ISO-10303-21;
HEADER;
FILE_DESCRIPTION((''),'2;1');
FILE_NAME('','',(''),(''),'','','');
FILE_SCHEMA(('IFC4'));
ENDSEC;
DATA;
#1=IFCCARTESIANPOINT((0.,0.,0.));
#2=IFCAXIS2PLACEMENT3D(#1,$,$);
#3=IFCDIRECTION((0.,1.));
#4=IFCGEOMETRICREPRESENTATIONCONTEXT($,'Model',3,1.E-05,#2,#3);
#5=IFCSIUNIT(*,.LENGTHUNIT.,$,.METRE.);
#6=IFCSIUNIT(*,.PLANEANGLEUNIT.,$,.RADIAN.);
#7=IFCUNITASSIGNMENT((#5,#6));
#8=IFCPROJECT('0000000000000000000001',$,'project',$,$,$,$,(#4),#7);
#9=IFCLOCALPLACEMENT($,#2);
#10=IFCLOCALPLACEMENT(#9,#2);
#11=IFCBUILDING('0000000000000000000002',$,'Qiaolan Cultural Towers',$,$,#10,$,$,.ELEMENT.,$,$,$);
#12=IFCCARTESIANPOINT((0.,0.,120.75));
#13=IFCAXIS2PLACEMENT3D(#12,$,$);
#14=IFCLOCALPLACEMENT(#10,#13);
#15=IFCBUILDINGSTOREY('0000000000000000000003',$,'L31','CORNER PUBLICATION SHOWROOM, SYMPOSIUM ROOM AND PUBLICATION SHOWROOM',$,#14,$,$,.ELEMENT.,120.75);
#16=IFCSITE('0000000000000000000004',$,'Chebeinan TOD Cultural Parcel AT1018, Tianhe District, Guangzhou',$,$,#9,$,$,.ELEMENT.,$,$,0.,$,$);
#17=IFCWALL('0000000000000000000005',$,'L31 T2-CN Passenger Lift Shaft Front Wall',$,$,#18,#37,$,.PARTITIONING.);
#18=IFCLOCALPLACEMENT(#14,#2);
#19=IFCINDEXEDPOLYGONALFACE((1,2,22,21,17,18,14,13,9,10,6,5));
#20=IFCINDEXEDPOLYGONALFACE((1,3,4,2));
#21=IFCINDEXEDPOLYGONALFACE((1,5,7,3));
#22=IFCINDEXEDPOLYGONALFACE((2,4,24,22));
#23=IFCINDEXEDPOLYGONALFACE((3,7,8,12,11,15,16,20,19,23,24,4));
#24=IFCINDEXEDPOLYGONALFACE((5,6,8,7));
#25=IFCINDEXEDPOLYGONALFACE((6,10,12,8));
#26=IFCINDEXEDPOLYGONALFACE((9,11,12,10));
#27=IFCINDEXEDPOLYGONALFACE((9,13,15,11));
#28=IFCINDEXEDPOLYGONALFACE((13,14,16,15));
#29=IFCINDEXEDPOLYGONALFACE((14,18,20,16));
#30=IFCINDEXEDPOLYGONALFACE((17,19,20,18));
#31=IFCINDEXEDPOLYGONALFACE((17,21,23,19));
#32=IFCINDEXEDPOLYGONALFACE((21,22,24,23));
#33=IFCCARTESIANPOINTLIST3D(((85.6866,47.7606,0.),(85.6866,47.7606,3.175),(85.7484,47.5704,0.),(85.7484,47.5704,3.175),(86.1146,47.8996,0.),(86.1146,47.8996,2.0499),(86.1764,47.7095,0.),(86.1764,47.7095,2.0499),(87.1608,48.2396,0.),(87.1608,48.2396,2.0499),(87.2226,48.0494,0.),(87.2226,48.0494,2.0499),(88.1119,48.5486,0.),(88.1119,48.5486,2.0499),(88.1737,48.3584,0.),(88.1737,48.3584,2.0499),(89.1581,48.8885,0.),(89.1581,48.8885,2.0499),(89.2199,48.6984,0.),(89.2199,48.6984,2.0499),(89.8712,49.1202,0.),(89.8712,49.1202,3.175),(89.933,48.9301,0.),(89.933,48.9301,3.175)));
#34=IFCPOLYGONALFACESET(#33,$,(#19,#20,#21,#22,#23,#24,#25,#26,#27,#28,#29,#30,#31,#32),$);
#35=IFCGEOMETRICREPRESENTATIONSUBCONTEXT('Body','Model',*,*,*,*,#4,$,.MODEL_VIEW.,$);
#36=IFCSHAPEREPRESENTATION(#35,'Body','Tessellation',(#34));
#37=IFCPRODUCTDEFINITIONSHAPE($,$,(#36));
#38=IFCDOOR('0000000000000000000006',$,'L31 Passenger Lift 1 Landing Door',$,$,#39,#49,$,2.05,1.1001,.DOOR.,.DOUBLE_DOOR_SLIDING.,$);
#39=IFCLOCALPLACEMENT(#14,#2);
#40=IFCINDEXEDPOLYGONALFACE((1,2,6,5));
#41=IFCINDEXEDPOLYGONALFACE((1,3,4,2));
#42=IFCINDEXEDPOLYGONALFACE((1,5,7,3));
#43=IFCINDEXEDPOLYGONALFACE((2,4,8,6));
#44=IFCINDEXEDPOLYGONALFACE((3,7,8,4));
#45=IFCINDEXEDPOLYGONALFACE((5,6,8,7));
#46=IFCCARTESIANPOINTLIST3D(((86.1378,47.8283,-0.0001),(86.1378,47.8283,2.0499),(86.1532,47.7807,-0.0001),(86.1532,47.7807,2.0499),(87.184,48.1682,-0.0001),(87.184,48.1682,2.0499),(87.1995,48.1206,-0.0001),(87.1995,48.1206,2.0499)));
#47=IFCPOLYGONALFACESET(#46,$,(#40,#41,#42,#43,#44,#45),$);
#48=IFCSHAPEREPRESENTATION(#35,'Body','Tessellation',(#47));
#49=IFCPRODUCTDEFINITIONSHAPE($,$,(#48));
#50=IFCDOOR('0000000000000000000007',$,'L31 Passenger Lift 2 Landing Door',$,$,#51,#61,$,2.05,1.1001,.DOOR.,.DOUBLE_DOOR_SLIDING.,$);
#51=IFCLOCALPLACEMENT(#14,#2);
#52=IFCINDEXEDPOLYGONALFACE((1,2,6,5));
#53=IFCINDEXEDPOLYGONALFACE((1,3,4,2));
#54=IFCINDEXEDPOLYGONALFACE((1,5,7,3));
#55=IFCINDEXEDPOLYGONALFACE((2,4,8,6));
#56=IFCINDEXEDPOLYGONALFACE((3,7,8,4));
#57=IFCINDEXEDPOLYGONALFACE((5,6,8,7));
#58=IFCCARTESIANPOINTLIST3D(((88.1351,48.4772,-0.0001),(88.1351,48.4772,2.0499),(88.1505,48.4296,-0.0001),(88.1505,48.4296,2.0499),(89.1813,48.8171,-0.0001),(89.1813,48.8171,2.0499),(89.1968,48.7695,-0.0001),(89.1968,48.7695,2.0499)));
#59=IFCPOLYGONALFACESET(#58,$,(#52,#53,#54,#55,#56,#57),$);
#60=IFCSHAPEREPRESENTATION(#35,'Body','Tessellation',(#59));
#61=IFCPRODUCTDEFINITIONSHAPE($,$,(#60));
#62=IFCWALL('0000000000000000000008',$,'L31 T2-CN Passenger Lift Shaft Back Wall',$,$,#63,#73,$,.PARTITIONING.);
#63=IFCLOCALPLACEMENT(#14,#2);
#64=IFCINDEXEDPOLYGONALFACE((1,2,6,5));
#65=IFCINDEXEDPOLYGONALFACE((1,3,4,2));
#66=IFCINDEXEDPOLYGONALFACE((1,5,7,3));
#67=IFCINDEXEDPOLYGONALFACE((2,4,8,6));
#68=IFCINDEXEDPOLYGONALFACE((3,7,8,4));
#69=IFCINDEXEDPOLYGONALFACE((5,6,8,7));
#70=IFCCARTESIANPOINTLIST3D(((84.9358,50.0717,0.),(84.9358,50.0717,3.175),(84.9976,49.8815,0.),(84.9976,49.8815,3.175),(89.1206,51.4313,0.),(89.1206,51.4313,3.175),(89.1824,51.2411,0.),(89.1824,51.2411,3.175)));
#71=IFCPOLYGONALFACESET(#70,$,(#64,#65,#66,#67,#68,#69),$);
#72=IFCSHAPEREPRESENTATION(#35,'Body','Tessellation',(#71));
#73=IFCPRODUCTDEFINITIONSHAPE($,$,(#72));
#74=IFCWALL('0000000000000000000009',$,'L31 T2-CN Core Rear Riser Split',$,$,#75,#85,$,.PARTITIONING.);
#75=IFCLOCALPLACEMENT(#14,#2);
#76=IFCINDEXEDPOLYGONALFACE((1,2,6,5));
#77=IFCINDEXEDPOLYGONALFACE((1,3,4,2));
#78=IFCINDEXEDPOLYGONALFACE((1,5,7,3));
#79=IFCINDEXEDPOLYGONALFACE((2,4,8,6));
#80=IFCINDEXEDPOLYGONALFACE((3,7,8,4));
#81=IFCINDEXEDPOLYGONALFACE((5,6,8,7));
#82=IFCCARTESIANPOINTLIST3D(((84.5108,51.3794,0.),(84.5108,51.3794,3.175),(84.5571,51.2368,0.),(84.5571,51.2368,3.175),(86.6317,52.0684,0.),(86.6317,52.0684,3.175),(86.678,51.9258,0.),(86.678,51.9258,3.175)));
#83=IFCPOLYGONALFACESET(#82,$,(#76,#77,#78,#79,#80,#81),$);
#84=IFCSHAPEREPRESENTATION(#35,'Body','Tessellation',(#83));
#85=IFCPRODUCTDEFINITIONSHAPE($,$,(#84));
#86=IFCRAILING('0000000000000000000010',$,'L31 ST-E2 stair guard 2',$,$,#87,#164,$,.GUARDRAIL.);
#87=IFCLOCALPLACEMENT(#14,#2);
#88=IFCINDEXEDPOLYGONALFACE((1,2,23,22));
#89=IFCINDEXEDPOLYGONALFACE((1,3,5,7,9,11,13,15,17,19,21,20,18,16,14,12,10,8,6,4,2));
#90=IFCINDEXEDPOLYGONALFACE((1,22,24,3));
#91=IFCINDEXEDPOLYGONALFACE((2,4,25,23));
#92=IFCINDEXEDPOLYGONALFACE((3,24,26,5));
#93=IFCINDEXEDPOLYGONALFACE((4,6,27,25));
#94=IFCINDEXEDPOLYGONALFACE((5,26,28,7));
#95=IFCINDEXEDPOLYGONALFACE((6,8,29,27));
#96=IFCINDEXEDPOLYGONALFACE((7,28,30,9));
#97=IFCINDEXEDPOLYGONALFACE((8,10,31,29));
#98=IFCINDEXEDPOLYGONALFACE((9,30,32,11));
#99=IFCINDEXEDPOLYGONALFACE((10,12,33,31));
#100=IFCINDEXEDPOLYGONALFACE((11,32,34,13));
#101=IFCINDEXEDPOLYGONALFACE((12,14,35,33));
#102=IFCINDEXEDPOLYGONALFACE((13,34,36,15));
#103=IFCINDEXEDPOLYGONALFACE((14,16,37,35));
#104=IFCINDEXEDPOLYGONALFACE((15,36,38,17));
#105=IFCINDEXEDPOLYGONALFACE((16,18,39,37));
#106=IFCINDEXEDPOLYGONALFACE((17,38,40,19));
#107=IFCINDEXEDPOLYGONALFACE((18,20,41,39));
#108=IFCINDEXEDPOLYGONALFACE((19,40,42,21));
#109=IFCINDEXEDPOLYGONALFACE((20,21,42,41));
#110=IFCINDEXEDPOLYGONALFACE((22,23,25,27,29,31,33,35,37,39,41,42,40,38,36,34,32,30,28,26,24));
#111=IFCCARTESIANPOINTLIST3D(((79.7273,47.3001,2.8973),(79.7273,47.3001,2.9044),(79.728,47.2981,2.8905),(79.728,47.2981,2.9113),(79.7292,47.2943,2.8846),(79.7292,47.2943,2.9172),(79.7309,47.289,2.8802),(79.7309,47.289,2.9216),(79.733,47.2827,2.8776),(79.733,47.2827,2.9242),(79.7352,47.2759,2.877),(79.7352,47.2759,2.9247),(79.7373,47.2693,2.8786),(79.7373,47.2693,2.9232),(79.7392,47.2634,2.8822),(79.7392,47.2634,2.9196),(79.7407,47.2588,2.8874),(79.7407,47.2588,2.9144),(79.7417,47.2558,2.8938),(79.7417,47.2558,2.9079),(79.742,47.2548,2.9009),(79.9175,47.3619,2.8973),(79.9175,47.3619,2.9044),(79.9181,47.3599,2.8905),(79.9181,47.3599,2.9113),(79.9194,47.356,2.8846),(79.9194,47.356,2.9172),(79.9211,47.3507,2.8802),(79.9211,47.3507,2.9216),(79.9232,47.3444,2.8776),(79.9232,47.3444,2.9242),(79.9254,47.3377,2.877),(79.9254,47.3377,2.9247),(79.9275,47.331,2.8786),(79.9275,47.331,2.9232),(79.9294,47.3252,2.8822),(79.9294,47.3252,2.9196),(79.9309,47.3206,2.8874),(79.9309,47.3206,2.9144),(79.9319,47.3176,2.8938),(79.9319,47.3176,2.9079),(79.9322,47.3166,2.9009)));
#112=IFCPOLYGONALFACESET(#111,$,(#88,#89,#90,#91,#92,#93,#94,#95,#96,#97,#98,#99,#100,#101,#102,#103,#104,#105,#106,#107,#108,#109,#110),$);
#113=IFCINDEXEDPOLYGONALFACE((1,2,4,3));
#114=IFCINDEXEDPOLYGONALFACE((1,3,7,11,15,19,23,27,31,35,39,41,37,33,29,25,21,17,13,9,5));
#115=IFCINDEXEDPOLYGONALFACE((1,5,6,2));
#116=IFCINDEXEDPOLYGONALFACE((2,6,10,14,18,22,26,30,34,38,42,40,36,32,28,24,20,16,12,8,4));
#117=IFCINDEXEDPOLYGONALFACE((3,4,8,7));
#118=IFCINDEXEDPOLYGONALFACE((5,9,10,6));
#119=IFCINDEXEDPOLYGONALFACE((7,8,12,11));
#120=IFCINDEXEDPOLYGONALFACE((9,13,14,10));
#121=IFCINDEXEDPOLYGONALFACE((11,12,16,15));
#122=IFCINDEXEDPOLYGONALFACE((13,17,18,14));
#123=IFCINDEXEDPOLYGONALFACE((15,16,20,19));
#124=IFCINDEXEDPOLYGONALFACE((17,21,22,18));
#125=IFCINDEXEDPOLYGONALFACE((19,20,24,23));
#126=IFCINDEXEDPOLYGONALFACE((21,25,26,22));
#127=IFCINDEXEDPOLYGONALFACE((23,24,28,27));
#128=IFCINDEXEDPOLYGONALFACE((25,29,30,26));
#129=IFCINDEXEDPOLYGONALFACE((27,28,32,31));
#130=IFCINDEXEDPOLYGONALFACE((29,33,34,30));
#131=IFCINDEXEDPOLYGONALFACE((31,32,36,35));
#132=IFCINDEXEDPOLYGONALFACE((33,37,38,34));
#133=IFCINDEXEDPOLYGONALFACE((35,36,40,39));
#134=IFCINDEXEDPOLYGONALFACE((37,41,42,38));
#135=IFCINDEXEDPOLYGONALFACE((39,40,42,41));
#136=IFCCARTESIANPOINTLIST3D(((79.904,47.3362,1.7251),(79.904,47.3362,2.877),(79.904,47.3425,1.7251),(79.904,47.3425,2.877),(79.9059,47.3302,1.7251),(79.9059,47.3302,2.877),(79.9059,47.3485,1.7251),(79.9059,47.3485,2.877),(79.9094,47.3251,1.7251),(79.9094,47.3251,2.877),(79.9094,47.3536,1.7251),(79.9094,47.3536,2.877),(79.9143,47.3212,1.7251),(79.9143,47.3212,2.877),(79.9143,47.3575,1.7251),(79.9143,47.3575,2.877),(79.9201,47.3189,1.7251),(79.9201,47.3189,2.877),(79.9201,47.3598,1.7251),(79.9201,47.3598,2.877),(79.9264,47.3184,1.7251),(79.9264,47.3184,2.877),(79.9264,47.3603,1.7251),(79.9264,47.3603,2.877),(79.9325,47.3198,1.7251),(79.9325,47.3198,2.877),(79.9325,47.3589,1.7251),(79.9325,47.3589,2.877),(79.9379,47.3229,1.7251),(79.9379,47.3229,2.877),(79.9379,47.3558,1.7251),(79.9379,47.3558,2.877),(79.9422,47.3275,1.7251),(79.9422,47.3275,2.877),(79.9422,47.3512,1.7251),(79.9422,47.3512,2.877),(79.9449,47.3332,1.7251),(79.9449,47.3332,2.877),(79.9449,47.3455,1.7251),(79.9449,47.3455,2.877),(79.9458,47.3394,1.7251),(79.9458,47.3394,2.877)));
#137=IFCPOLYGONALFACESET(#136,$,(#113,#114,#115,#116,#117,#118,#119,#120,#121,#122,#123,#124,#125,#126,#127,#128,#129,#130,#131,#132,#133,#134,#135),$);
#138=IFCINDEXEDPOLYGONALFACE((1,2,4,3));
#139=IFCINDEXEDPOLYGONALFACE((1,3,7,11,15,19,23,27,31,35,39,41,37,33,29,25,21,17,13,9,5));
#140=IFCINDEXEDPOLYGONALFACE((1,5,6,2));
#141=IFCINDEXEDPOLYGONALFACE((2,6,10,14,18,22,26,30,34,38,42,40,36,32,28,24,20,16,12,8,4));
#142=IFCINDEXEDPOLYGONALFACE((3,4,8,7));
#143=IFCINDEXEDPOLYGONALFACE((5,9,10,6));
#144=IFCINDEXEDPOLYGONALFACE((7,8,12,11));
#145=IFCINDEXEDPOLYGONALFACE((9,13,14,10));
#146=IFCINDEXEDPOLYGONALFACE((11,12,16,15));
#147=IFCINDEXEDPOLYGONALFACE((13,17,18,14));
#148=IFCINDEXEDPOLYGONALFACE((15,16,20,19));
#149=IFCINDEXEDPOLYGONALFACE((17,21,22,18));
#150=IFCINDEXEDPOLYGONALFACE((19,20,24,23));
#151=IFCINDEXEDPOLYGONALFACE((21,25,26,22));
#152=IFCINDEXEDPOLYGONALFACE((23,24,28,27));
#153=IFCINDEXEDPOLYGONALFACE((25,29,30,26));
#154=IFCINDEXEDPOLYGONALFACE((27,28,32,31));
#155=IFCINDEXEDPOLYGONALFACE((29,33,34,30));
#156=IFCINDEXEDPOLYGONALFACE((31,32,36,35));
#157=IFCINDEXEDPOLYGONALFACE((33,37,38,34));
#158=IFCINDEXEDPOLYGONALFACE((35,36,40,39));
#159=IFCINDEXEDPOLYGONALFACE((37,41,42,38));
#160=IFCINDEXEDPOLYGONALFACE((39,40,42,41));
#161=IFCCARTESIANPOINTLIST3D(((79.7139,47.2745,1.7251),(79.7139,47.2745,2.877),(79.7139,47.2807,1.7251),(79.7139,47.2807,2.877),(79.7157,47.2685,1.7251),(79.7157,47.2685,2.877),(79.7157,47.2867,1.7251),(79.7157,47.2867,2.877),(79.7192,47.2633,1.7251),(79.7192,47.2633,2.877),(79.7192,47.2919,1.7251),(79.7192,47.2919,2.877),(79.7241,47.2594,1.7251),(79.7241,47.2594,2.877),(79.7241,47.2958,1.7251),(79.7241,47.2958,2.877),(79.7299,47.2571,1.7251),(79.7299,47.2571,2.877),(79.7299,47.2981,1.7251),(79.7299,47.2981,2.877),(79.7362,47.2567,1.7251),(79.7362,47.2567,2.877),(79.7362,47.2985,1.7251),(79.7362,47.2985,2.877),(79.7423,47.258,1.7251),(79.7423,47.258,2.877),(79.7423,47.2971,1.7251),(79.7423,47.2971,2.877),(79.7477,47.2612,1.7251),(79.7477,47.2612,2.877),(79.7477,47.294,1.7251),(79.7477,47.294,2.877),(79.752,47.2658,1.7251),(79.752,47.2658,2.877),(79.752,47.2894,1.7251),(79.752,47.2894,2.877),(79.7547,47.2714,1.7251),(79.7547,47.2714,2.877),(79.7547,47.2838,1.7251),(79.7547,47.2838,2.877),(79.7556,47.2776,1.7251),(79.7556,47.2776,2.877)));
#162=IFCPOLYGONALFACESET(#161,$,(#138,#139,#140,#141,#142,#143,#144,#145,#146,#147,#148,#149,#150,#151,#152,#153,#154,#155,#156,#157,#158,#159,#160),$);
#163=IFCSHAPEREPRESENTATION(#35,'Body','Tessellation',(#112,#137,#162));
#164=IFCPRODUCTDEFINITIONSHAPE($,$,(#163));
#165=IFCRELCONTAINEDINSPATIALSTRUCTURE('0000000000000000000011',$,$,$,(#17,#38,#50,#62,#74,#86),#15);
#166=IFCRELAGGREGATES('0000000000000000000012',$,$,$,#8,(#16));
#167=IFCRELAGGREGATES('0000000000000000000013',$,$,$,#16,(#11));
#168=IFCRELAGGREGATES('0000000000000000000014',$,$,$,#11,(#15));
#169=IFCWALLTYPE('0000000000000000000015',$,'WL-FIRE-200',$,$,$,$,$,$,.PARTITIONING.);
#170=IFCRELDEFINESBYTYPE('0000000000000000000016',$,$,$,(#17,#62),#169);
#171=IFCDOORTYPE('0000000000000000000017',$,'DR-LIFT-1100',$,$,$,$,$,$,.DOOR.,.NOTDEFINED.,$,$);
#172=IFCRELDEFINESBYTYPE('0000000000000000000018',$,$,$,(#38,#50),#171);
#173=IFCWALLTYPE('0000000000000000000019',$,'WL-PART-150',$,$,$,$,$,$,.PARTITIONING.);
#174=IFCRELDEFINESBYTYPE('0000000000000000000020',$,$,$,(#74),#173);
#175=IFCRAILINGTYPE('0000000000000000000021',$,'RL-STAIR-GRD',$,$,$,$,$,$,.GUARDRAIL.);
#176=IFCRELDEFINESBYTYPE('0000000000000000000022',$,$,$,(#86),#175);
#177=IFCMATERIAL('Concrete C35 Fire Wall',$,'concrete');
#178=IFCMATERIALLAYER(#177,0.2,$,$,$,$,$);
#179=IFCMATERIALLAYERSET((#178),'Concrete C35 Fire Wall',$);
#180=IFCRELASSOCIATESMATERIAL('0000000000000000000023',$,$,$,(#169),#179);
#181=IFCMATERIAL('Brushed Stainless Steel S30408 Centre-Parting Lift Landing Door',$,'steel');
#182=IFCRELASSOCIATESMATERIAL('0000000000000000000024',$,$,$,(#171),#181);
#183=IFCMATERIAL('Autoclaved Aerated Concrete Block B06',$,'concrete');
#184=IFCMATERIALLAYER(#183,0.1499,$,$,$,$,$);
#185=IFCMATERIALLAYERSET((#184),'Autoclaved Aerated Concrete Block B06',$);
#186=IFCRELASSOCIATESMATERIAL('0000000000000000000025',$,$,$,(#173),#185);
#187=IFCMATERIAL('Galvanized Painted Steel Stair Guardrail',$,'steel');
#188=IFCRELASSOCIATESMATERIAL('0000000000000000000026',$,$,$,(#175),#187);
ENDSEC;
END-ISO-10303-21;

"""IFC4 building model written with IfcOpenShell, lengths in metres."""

from ifc_helpers import new_model, si_unit, direction, frame, frame_2d, origin, origin_2d, place, context, subcontext, project, spatial, rectangle, circle, extrude, material, layer, layer_set, type_object, element, fill, save


model = new_model("IFC4")

# Units and contexts
model_context = context("Model", 3, precision=1e-05, world=origin(), true_north=direction((0.0, 1.0)))
body_context = subcontext(model_context, "Body", "Model", "MODEL_VIEW")
ifc_project = project(units=[si_unit("LENGTHUNIT", "METRE"), si_unit("PLANEANGLEUNIT", "RADIAN")], contexts=[model_context])

# Site, building, storey
site_placement = place(None, origin())
site = spatial("IfcSite", under=ifc_project, at=site_placement, Name="Chebeinan TOD Cultural Parcel AT1018, Tianhe District, Guangzhou", CompositionType="ELEMENT", RefElevation=0.0)
building_placement = place(site_placement, origin())
building = spatial("IfcBuilding", under=site, at=building_placement, Name="Qiaolan Cultural Towers", CompositionType="ELEMENT")
storey_placement = place(building_placement, frame((0.0, 0.0, 120.75)))
storey = spatial("IfcBuildingStorey", under=building, at=storey_placement, Name="L31", Description="CORNER PUBLICATION SHOWROOM, SYMPOSIUM ROOM AND PUBLICATION SHOWROOM", CompositionType="ELEMENT", Elevation=120.75)

# Shared definitions
ifc_material_1 = material(Name="Concrete C35 Fire Wall", Category="concrete")
ifc_layer_1 = layer(ifc_material_1, 0.2)
ifc_layer_set_1 = layer_set([ifc_layer_1], Name="Concrete C35 Fire Wall")
wall_type_1 = type_object("IfcWallType", Name="WL-FIRE-200", PredefinedType="PARTITIONING", material=ifc_layer_set_1)
ifc_material_2 = material(Name="Brushed Stainless Steel S30408 Centre-Parting Lift Landing Door", Category="steel")
door_type = type_object("IfcDoorType", Name="DR-LIFT-1100", OperationType="NOTDEFINED", PredefinedType="DOOR", material=ifc_material_2)

# Wall, openings, doors
wall_1_placement = place(storey_placement, frame((85.7175, 47.6655, 0.0), z_axis=(0.0, 0.0, 1.0), x_axis=(0.951059, 0.309011, 0.0)))
wall_1 = element("IfcWall", 1, at=wall_1_placement, inside=storey, type_object=wall_type_1, Name="L31 T2-CN Passenger Lift Shaft Front Wall", PredefinedType="PARTITIONING", context=body_context, shape_type="SweptSolid", body=[
    extrude(rectangle(XDim=4.3999, YDim=0.2, at=frame_2d((2.2, 0.0))), origin(), (0.0, 0.0, 1.0), 3.175),
])
opening_1_placement = place(wall_1_placement, frame((0.45, 0.0, 0.0)))
opening_1 = element("IfcOpeningElement", 2, at=opening_1_placement, cuts=wall_1, PredefinedType="OPENING", context=body_context, shape_type="SweptSolid", body=[
    extrude(rectangle(XDim=1.1001, YDim=2.05, at=frame_2d((0.55, 1.0249))), frame((0.0, 0.1099, 0.0), z_axis=(0.0, -1.0, 0.0), x_axis=(1.0, 0.0, 0.0)), (0.0, 0.0, 1.0), 0.22),
])
opening_2_placement = place(wall_1_placement, frame((2.55, 0.0, 0.0)))
opening_2 = element("IfcOpeningElement", 3, at=opening_2_placement, cuts=wall_1, PredefinedType="OPENING", context=body_context, shape_type="SweptSolid", body=[
    extrude(rectangle(XDim=1.1001, YDim=2.05, at=frame_2d((0.55, 1.0249))), frame((0.0, 0.1099, 0.0), z_axis=(0.0, -1.0, 0.0), x_axis=(1.0, 0.0, 0.0)), (0.0, 0.0, 1.0), 0.22),
])
door_1_placement = place(opening_1_placement, origin())
door_1 = element("IfcDoor", 4, at=door_1_placement, inside=storey, type_object=door_type, Name="L31 Passenger Lift 1 Landing Door", OperationType="DOUBLE_DOOR_SLIDING", OverallHeight=2.05, OverallWidth=1.1001, PredefinedType="DOOR", context=body_context, shape_type="SweptSolid", body=[
    extrude(rectangle(XDim=1.1001, YDim=2.05, at=frame_2d((0.55, 1.0249))), frame((0.0, 0.0249, 0.0), z_axis=(0.0, -1.0, 0.0), x_axis=(1.0, 0.0, 0.0)), (0.0, 0.0, 1.0), 0.05),
])
fill(opening_1, door_1)
door_2_placement = place(opening_2_placement, origin())
door_2 = element("IfcDoor", 5, at=door_2_placement, inside=storey, type_object=door_type, Name="L31 Passenger Lift 2 Landing Door", OperationType="DOUBLE_DOOR_SLIDING", OverallHeight=2.05, OverallWidth=1.1001, PredefinedType="DOOR", context=body_context, shape_type="SweptSolid", body=[
    extrude(rectangle(XDim=1.1001, YDim=2.05, at=frame_2d((0.55, 1.0249))), frame((0.0, 0.0249, 0.0), z_axis=(0.0, -1.0, 0.0), x_axis=(1.0, 0.0, 0.0)), (0.0, 0.0, 1.0), 0.05),
])
fill(opening_2, door_2)

# Walls
wall_2_placement = place(storey_placement, frame((84.9666, 49.9766, 0.0), z_axis=(0.0, 0.0, 1.0), x_axis=(0.951064, 0.308994, 0.0)))
element("IfcWall", 6, at=wall_2_placement, inside=storey, type_object=wall_type_1, Name="L31 T2-CN Passenger Lift Shaft Back Wall", PredefinedType="PARTITIONING", context=body_context, shape_type="SweptSolid", body=[
    extrude(rectangle(XDim=4.4001, YDim=0.2, at=frame_2d((2.2002, 0.0))), origin(), (0.0, 0.0, 1.0), 3.175),
])
ifc_material_3 = material(Name="Autoclaved Aerated Concrete Block B06", Category="concrete")
ifc_layer_2 = layer(ifc_material_3, 0.1499)
ifc_layer_set_2 = layer_set([ifc_layer_2], Name="Autoclaved Aerated Concrete Block B06")
wall_type_2 = type_object("IfcWallType", Name="WL-PART-150", PredefinedType="PARTITIONING", material=ifc_layer_set_2)
wall_3_placement = place(storey_placement, frame((84.5339, 51.3081, 0.0), z_axis=(0.0, 0.0, 1.0), x_axis=(0.951075, 0.30896, 0.0)))
element("IfcWall", 7, at=wall_3_placement, inside=storey, type_object=wall_type_2, Name="L31 T2-CN Core Rear Riser Split", PredefinedType="PARTITIONING", context=body_context, shape_type="SweptSolid", body=[
    extrude(rectangle(XDim=2.23, YDim=0.1499, at=frame_2d((1.115, 0.0))), origin(), (0.0, 0.0, 1.0), 3.175),
])

# Railing
ifc_material_4 = material(Name="Galvanized Painted Steel Stair Guardrail", Category="steel")
railing_type = type_object("IfcRailingType", Name="RL-STAIR-GRD", PredefinedType="GUARDRAIL", material=ifc_material_4)
railing_1_placement = place(storey_placement, frame((79.9248, 47.3394, 1.7251)))
element("IfcRailing", 8, at=railing_1_placement, inside=storey, type_object=railing_type, Name="L31 ST-E2 stair guard 2", PredefinedType="GUARDRAIL", context=body_context, shape_type="SweptSolid", body=[
    extrude(circle(Radius=0.0239, at=origin_2d()), frame((0.0, 0.0, 1.1758), z_axis=(-0.951097, -0.308893, 0.0), x_axis=(0.308893, -0.951097, 0.0)), (0.0, 0.0, 1.0), 0.2),
    extrude(circle(Radius=0.021, at=origin_2d()), origin(), (0.0, 0.0, 1.0), 1.1519),
    extrude(circle(Radius=0.021, at=origin_2d()), frame((-0.1902, -0.0618, 0.0)), (0.0, 0.0, 1.0), 1.1519),
])

save(model, "model.ifc")
